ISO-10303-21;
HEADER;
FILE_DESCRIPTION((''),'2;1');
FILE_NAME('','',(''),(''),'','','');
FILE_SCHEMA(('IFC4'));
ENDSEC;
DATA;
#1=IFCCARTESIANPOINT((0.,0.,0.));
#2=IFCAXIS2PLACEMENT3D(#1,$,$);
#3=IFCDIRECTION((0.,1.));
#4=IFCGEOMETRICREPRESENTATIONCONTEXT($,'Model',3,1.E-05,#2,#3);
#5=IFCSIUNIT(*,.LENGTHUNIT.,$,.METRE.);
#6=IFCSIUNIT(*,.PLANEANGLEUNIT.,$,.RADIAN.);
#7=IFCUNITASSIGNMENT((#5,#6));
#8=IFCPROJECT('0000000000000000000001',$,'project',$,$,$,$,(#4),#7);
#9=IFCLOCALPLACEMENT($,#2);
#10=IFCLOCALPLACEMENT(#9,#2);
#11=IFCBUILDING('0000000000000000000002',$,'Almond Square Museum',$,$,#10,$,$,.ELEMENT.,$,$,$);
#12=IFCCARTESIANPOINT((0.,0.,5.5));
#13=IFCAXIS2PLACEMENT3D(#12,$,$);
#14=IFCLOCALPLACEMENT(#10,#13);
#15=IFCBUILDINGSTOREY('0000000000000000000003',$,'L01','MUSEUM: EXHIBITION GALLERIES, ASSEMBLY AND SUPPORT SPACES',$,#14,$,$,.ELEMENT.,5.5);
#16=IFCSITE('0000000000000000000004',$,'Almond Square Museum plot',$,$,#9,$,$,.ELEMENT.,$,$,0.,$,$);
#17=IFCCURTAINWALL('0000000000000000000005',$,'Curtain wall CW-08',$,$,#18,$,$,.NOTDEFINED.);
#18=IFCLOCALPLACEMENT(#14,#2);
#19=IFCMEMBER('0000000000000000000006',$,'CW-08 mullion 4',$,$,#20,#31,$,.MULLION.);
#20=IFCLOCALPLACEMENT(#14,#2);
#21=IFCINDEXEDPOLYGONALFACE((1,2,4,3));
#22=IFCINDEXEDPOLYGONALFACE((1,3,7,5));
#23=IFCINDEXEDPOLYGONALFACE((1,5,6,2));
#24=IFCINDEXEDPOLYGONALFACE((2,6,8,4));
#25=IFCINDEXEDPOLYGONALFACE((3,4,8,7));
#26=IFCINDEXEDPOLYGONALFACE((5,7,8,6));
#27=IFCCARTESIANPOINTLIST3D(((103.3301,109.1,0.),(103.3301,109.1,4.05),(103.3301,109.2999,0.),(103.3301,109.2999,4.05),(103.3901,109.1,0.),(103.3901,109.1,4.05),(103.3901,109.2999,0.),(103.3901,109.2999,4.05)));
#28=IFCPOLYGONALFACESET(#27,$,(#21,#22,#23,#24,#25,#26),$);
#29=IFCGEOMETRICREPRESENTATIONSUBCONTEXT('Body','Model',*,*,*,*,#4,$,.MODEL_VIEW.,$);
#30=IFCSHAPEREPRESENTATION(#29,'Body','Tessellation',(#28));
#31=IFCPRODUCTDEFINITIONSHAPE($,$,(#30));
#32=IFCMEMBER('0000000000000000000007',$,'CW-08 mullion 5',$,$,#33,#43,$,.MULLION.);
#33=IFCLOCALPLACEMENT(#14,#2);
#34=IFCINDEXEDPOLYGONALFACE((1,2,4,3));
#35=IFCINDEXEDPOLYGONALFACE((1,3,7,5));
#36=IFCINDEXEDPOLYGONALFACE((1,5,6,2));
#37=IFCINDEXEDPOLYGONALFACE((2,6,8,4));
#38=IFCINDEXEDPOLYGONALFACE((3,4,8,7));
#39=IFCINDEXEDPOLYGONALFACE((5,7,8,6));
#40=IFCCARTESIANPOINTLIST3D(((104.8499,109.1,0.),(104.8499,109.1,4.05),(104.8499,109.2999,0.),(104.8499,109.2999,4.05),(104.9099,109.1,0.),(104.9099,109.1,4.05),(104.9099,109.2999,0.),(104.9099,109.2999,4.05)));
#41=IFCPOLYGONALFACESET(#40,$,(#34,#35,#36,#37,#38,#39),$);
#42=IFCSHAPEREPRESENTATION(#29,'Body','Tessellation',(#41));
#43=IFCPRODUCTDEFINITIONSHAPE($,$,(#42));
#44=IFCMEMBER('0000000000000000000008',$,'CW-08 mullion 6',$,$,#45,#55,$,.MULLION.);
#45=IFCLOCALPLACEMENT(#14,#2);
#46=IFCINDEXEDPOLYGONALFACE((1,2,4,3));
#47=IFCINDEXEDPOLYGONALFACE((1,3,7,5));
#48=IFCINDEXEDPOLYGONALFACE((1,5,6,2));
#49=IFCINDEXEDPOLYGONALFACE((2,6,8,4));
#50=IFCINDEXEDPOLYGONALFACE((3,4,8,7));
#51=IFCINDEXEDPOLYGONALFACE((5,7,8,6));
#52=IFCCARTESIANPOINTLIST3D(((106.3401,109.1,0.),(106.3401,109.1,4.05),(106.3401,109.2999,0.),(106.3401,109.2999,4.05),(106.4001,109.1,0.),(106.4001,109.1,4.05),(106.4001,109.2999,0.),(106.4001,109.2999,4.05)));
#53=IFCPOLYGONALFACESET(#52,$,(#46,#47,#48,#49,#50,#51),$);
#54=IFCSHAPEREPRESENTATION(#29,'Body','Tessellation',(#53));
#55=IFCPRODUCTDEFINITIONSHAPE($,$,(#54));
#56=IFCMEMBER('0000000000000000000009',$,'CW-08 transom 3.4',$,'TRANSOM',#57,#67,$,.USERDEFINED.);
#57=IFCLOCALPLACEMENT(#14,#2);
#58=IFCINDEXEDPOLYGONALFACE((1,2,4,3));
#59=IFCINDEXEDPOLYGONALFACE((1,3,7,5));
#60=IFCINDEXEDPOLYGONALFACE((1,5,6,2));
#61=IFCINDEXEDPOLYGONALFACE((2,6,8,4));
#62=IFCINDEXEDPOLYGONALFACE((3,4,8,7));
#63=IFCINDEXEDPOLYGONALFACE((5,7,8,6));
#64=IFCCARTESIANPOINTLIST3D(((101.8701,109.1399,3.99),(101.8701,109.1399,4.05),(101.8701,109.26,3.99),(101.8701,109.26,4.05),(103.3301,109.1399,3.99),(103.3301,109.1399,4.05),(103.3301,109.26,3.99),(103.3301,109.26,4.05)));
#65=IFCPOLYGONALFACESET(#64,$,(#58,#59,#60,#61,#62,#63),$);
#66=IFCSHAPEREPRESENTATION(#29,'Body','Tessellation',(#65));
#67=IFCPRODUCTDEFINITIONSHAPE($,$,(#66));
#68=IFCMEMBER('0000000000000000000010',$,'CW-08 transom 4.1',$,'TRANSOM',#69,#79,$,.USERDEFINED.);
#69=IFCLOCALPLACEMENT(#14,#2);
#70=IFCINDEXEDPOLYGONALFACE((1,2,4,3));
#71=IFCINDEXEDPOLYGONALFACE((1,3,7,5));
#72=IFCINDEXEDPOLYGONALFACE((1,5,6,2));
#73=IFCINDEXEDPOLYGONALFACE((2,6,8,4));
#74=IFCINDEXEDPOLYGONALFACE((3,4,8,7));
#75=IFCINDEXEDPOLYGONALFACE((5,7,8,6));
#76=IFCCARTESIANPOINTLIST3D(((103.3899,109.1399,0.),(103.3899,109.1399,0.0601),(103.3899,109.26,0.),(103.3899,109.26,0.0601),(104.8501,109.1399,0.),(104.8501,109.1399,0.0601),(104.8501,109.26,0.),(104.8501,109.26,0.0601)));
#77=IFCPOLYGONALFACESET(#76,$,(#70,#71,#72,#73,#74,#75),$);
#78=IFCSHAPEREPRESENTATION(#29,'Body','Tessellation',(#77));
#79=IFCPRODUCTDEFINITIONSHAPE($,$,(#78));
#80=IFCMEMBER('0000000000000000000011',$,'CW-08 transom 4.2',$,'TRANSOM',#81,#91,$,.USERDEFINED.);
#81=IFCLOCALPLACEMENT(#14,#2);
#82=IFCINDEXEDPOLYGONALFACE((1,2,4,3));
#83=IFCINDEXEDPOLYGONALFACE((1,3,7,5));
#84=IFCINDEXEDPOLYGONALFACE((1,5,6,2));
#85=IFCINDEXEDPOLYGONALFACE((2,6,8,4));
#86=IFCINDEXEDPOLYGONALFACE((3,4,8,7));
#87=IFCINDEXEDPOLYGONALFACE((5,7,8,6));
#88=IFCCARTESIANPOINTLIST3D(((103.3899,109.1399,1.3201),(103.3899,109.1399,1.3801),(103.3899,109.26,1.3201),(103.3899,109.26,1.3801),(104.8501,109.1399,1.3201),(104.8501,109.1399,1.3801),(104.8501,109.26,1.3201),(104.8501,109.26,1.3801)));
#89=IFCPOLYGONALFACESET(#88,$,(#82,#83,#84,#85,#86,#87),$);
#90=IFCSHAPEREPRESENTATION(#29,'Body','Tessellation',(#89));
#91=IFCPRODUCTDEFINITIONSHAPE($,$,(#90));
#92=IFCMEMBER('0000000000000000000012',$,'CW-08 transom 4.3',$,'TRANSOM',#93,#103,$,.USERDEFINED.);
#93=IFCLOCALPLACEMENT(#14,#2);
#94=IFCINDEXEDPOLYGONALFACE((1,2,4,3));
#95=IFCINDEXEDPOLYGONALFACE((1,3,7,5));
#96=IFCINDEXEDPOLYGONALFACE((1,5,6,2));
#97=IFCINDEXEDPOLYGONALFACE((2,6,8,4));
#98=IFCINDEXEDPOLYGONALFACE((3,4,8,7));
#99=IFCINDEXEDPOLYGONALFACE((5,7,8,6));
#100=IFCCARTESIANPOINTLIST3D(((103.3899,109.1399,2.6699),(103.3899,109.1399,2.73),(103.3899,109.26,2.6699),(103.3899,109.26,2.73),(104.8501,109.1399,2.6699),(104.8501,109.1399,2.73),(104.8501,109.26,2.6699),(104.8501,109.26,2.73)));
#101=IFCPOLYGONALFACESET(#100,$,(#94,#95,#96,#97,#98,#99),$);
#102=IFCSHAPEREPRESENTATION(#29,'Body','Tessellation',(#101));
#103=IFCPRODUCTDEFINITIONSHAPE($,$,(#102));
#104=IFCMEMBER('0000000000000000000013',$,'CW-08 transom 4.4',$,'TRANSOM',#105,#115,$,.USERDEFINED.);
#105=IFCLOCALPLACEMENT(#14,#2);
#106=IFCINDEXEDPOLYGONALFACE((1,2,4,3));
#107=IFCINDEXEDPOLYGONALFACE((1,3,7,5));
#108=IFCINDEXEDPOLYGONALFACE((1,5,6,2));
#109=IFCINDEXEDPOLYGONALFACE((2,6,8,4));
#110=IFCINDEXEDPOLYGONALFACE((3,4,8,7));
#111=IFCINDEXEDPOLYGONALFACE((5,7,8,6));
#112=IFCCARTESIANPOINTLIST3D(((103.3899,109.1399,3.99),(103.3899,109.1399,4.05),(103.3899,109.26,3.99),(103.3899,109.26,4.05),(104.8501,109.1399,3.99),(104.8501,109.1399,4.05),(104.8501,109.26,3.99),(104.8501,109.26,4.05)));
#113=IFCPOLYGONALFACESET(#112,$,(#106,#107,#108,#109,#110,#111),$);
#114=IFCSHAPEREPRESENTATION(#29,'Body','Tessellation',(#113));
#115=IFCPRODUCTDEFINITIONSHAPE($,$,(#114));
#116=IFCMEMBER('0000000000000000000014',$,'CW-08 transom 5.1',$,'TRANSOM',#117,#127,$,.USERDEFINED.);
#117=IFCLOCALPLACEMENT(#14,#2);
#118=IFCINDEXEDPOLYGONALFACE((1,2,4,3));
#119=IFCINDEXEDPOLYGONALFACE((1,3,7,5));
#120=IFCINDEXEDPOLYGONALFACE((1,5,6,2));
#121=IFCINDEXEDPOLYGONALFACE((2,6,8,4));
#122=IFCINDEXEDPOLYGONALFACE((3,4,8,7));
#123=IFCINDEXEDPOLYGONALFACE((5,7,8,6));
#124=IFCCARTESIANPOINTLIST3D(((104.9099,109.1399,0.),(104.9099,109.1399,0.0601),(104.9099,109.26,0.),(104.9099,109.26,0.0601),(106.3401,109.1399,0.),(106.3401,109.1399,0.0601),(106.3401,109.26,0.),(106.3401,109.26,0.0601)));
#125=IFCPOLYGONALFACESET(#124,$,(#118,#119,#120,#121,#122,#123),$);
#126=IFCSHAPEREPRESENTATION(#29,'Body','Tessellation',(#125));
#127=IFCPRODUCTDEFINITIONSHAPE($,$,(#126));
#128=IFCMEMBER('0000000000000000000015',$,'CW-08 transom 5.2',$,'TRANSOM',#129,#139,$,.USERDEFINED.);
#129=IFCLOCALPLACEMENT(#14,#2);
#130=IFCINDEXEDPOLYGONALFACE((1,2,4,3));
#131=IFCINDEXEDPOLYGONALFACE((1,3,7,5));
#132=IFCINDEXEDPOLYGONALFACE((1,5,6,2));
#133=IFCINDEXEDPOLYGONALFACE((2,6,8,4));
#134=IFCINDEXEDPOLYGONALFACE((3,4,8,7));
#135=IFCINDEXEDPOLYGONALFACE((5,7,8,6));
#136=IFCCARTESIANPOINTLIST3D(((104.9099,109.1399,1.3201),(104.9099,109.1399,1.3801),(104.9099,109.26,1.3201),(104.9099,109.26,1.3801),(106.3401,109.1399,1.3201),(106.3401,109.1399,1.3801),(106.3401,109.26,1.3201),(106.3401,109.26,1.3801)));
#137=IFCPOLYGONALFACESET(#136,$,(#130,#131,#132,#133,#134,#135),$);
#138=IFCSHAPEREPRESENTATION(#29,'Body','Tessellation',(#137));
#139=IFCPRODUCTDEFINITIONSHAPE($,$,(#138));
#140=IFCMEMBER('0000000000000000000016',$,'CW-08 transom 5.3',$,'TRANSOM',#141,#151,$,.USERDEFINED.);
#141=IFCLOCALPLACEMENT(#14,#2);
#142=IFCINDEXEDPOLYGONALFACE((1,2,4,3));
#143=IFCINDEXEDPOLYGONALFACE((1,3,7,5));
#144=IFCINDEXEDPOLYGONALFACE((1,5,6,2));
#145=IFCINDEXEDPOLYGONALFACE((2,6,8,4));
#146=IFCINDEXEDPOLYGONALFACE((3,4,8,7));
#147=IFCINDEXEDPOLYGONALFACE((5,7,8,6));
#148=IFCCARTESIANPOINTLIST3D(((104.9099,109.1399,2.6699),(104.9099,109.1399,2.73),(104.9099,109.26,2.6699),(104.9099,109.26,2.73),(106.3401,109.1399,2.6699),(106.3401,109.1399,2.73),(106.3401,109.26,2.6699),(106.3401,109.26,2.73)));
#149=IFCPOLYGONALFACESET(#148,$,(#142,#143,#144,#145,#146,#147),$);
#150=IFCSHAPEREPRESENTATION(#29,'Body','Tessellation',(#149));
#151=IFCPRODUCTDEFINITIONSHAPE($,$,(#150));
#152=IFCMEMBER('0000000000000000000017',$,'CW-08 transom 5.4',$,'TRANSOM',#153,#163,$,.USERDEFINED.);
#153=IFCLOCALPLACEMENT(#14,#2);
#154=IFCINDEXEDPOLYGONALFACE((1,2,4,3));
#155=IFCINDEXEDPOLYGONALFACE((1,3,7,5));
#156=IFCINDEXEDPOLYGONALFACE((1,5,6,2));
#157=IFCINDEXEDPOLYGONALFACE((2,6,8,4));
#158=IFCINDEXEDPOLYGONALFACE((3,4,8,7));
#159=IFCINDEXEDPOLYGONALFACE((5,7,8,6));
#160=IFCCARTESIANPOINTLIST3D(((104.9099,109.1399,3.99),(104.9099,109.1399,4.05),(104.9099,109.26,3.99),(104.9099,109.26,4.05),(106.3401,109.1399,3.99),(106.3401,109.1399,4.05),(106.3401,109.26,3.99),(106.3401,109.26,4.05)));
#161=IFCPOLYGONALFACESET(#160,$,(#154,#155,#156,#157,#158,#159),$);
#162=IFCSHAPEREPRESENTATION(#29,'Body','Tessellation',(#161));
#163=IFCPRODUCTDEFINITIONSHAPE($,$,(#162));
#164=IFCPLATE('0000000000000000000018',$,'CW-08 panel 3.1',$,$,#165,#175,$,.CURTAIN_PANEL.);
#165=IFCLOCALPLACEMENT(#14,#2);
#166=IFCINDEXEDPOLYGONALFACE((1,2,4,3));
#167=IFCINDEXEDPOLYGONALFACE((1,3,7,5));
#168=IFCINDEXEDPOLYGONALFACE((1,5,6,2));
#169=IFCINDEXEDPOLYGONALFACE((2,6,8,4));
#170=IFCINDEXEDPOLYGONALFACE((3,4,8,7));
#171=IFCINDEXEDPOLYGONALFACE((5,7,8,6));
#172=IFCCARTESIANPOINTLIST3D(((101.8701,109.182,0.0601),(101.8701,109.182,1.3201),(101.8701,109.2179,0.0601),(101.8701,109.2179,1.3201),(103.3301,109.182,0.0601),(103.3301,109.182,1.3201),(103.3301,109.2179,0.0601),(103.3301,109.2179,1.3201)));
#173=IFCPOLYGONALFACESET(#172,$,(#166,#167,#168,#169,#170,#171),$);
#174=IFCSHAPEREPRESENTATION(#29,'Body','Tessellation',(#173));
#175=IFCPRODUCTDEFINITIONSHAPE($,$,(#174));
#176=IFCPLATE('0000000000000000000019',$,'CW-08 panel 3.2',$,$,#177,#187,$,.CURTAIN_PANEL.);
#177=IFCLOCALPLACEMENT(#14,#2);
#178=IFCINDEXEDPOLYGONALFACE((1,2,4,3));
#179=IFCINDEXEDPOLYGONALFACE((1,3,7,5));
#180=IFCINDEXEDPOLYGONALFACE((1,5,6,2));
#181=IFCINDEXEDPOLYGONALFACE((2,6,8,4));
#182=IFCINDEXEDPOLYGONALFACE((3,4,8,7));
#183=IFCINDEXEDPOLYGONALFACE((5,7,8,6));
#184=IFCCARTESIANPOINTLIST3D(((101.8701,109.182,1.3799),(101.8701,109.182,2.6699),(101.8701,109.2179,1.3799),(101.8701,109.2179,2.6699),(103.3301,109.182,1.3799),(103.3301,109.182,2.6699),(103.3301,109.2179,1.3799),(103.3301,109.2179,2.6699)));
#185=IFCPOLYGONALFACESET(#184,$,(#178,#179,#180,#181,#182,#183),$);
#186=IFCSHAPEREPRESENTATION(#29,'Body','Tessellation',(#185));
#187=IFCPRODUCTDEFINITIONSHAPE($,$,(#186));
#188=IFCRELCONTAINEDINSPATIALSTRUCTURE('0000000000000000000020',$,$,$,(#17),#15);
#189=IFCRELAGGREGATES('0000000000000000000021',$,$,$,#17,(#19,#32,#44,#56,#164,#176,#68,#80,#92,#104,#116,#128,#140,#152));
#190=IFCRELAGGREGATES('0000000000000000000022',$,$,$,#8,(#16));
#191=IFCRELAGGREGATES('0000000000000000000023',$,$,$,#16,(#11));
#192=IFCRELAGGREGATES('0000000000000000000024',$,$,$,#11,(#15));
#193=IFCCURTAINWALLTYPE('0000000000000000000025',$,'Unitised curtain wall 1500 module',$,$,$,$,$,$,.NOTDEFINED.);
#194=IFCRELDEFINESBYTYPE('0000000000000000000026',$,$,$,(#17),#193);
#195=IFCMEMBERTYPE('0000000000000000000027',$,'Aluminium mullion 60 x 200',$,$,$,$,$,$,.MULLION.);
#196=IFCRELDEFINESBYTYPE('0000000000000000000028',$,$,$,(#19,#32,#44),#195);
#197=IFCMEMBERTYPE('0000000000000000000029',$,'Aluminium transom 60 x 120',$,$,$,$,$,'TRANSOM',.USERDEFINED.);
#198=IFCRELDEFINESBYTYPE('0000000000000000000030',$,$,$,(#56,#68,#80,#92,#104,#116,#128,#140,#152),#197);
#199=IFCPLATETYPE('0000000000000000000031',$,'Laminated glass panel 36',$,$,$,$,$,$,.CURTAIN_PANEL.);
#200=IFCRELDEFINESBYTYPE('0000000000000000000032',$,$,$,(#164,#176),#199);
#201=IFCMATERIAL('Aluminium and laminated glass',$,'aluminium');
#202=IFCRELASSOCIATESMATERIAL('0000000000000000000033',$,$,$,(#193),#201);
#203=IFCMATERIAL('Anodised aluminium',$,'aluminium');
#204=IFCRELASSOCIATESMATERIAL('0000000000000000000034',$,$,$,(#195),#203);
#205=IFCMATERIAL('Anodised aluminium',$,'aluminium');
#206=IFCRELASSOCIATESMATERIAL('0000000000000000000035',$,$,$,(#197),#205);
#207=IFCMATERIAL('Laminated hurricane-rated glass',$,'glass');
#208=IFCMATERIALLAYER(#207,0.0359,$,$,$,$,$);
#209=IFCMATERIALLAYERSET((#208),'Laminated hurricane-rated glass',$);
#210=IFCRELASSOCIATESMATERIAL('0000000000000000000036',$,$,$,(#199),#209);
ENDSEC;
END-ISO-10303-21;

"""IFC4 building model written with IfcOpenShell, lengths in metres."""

from ifc_helpers import new_model, si_unit, direction, frame, origin, origin_2d, place, context, subcontext, project, spatial, rectangle, extrude, material, layer, layer_set, material_profile, profile_set, type_object, element, aggregate, save


model = new_model("IFC4")

# Units and contexts
model_context = context("Model", 3, precision=1e-05, world=origin(), true_north=direction((0.0, 1.0)))
body_context = subcontext(model_context, "Body", "Model", "MODEL_VIEW")
ifc_project = project(units=[si_unit("LENGTHUNIT", "METRE"), si_unit("PLANEANGLEUNIT", "RADIAN")], contexts=[model_context])

# Site, building, storey
site_placement = place(None, origin())
site = spatial("IfcSite", under=ifc_project, at=site_placement, Name="Almond Square Museum plot", CompositionType="ELEMENT", RefElevation=0.0)
building_placement = place(site_placement, origin())
building = spatial("IfcBuilding", under=site, at=building_placement, Name="Almond Square Museum", CompositionType="ELEMENT")
storey_placement = place(building_placement, frame((0.0, 0.0, 5.5)))
storey = spatial("IfcBuildingStorey", under=building, at=storey_placement, Name="L01", Description="MUSEUM: EXHIBITION GALLERIES, ASSEMBLY AND SUPPORT SPACES", CompositionType="ELEMENT", Elevation=5.5)

# Curtain wall, members, plates
ifc_material_1 = material(Name="Aluminium and laminated glass", Category="aluminium")
curtain_wall_type = type_object("IfcCurtainWallType", Name="Unitised curtain wall 1500 module", PredefinedType="NOTDEFINED", material=ifc_material_1)
curtain_wall_placement = place(storey_placement, origin())
curtain_wall = element("IfcCurtainWall", 1, at=curtain_wall_placement, inside=storey, type_object=curtain_wall_type, Name="Curtain wall CW-08", PredefinedType="NOTDEFINED")
ifc_material_2 = material(Name="Anodised aluminium", Category="aluminium")
ifc_material_profile_1 = material_profile(ifc_material_2, rectangle(XDim=0.2, YDim=0.0601, at=origin_2d()))
ifc_profile_set_1 = profile_set([ifc_material_profile_1], Name="Anodised aluminium")
member_type_1 = type_object("IfcMemberType", Name="Aluminium mullion 60 x 200", PredefinedType="MULLION", material=ifc_profile_set_1)
member_1_placement = place(storey_placement, frame((103.3601, 109.2, 0.0), z_axis=(0.0, 0.0, 1.0), x_axis=(0.0, 1.0, 0.0)))
member_1 = element("IfcMember", 2, at=member_1_placement, type_object=member_type_1, Name="CW-08 mullion 4", PredefinedType="MULLION", context=body_context, shape_type="SweptSolid", body=[
    extrude(rectangle(XDim=0.2, YDim=0.0601, at=origin_2d()), origin(), (0.0, 0.0, 1.0), 4.05),
])
member_2_placement = place(storey_placement, frame((104.8799, 109.2, 0.0), z_axis=(0.0, 0.0, 1.0), x_axis=(0.0, 1.0, 0.0)))
member_2 = element("IfcMember", 3, at=member_2_placement, type_object=member_type_1, Name="CW-08 mullion 5", PredefinedType="MULLION", context=body_context, shape_type="SweptSolid", body=[
    extrude(rectangle(XDim=0.2, YDim=0.0601, at=origin_2d()), origin(), (0.0, 0.0, 1.0), 4.05),
])
member_3_placement = place(storey_placement, frame((106.3701, 109.2, 0.0), z_axis=(0.0, 0.0, 1.0), x_axis=(0.0, 1.0, 0.0)))
member_3 = element("IfcMember", 4, at=member_3_placement, type_object=member_type_1, Name="CW-08 mullion 6", PredefinedType="MULLION", context=body_context, shape_type="SweptSolid", body=[
    extrude(rectangle(XDim=0.2, YDim=0.0601, at=origin_2d()), origin(), (0.0, 0.0, 1.0), 4.05),
])
ifc_material_3 = material(Name="Anodised aluminium", Category="aluminium")
ifc_material_profile_2 = material_profile(ifc_material_3, rectangle(XDim=0.1201, YDim=0.0601, at=origin_2d()))
ifc_profile_set_2 = profile_set([ifc_material_profile_2], Name="Anodised aluminium")
member_type_2 = type_object("IfcMemberType", Name="Aluminium transom 60 x 120", ElementType="TRANSOM", PredefinedType="USERDEFINED", material=ifc_profile_set_2)
member_4_placement = place(storey_placement, frame((101.8701, 109.2, 4.02), z_axis=(1.0, 0.0, 0.0), x_axis=(0.0, 1.0, 0.0)))
member_4 = element("IfcMember", 5, at=member_4_placement, type_object=member_type_2, Name="CW-08 transom 3.4", ObjectType="TRANSOM", PredefinedType="USERDEFINED", context=body_context, shape_type="SweptSolid", body=[
    extrude(rectangle(XDim=0.1201, YDim=0.0601, at=origin_2d()), origin(), (0.0, 0.0, 1.0), 1.46),
])
member_5_placement = place(storey_placement, frame((103.3899, 109.2, 0.03), z_axis=(1.0, 0.0, 0.0), x_axis=(0.0, 1.0, 0.0)))
member_5 = element("IfcMember", 6, at=member_5_placement, type_object=member_type_2, Name="CW-08 transom 4.1", ObjectType="TRANSOM", PredefinedType="USERDEFINED", context=body_context, shape_type="SweptSolid", body=[
    extrude(rectangle(XDim=0.1201, YDim=0.0601, at=origin_2d()), origin(), (0.0, 0.0, 1.0), 1.4602),
])
member_6_placement = place(storey_placement, frame((103.3899, 109.2, 1.3501), z_axis=(1.0, 0.0, 0.0), x_axis=(0.0, 1.0, 0.0)))
member_6 = element("IfcMember", 7, at=member_6_placement, type_object=member_type_2, Name="CW-08 transom 4.2", ObjectType="TRANSOM", PredefinedType="USERDEFINED", context=body_context, shape_type="SweptSolid", body=[
    extrude(rectangle(XDim=0.1201, YDim=0.0601, at=origin_2d()), origin(), (0.0, 0.0, 1.0), 1.4602),
])
member_7_placement = place(storey_placement, frame((103.3899, 109.2, 2.7), z_axis=(1.0, 0.0, 0.0), x_axis=(0.0, 1.0, 0.0)))
member_7 = element("IfcMember", 8, at=member_7_placement, type_object=member_type_2, Name="CW-08 transom 4.3", ObjectType="TRANSOM", PredefinedType="USERDEFINED", context=body_context, shape_type="SweptSolid", body=[
    extrude(rectangle(XDim=0.1201, YDim=0.0601, at=origin_2d()), origin(), (0.0, 0.0, 1.0), 1.4602),
])
member_8_placement = place(storey_placement, frame((103.3899, 109.2, 4.02), z_axis=(1.0, 0.0, 0.0), x_axis=(0.0, 1.0, 0.0)))
member_8 = element("IfcMember", 9, at=member_8_placement, type_object=member_type_2, Name="CW-08 transom 4.4", ObjectType="TRANSOM", PredefinedType="USERDEFINED", context=body_context, shape_type="SweptSolid", body=[
    extrude(rectangle(XDim=0.1201, YDim=0.0601, at=origin_2d()), origin(), (0.0, 0.0, 1.0), 1.4602),
])
member_9_placement = place(storey_placement, frame((104.9099, 109.2, 0.03), z_axis=(1.0, 0.0, 0.0), x_axis=(0.0, 1.0, 0.0)))
member_9 = element("IfcMember", 10, at=member_9_placement, type_object=member_type_2, Name="CW-08 transom 5.1", ObjectType="TRANSOM", PredefinedType="USERDEFINED", context=body_context, shape_type="SweptSolid", body=[
    extrude(rectangle(XDim=0.1201, YDim=0.0601, at=origin_2d()), origin(), (0.0, 0.0, 1.0), 1.4302),
])
member_10_placement = place(storey_placement, frame((104.9099, 109.2, 1.3501), z_axis=(1.0, 0.0, 0.0), x_axis=(0.0, 1.0, 0.0)))
member_10 = element("IfcMember", 11, at=member_10_placement, type_object=member_type_2, Name="CW-08 transom 5.2", ObjectType="TRANSOM", PredefinedType="USERDEFINED", context=body_context, shape_type="SweptSolid", body=[
    extrude(rectangle(XDim=0.1201, YDim=0.0601, at=origin_2d()), origin(), (0.0, 0.0, 1.0), 1.4302),
])
member_11_placement = place(storey_placement, frame((104.9099, 109.2, 2.7), z_axis=(1.0, 0.0, 0.0), x_axis=(0.0, 1.0, 0.0)))
member_11 = element("IfcMember", 12, at=member_11_placement, type_object=member_type_2, Name="CW-08 transom 5.3", ObjectType="TRANSOM", PredefinedType="USERDEFINED", context=body_context, shape_type="SweptSolid", body=[
    extrude(rectangle(XDim=0.1201, YDim=0.0601, at=origin_2d()), origin(), (0.0, 0.0, 1.0), 1.4302),
])
member_12_placement = place(storey_placement, frame((104.9099, 109.2, 4.02), z_axis=(1.0, 0.0, 0.0), x_axis=(0.0, 1.0, 0.0)))
member_12 = element("IfcMember", 13, at=member_12_placement, type_object=member_type_2, Name="CW-08 transom 5.4", ObjectType="TRANSOM", PredefinedType="USERDEFINED", context=body_context, shape_type="SweptSolid", body=[
    extrude(rectangle(XDim=0.1201, YDim=0.0601, at=origin_2d()), origin(), (0.0, 0.0, 1.0), 1.4302),
])
ifc_material_4 = material(Name="Laminated hurricane-rated glass", Category="glass")
ifc_layer = layer(ifc_material_4, 0.0359)
ifc_layer_set = layer_set([ifc_layer], Name="Laminated hurricane-rated glass")
plate_type = type_object("IfcPlateType", Name="Laminated glass panel 36", PredefinedType="CURTAIN_PANEL", material=ifc_layer_set)
plate_1_placement = place(storey_placement, frame((102.6001, 109.2, 0.0601), z_axis=(0.0, 0.0, 1.0), x_axis=(1.0, 0.0, 0.0)))
plate_1 = element("IfcPlate", 14, at=plate_1_placement, type_object=plate_type, Name="CW-08 panel 3.1", PredefinedType="CURTAIN_PANEL", context=body_context, shape_type="SweptSolid", body=[
    extrude(rectangle(XDim=1.46, YDim=0.0359, at=origin_2d()), origin(), (0.0, 0.0, 1.0), 1.26),
])
plate_2_placement = place(storey_placement, frame((102.6001, 109.2, 1.3799), z_axis=(0.0, 0.0, 1.0), x_axis=(1.0, 0.0, 0.0)))
plate_2 = element("IfcPlate", 15, at=plate_2_placement, type_object=plate_type, Name="CW-08 panel 3.2", PredefinedType="CURTAIN_PANEL", context=body_context, shape_type="SweptSolid", body=[
    extrude(rectangle(XDim=1.46, YDim=0.0359, at=origin_2d()), origin(), (0.0, 0.0, 1.0), 1.29),
])
aggregate(curtain_wall, [member_1, member_2, member_3, member_4, plate_1, plate_2, member_5, member_6, member_7, member_8, member_9, member_10, member_11, member_12])

save(model, "model.ifc")
